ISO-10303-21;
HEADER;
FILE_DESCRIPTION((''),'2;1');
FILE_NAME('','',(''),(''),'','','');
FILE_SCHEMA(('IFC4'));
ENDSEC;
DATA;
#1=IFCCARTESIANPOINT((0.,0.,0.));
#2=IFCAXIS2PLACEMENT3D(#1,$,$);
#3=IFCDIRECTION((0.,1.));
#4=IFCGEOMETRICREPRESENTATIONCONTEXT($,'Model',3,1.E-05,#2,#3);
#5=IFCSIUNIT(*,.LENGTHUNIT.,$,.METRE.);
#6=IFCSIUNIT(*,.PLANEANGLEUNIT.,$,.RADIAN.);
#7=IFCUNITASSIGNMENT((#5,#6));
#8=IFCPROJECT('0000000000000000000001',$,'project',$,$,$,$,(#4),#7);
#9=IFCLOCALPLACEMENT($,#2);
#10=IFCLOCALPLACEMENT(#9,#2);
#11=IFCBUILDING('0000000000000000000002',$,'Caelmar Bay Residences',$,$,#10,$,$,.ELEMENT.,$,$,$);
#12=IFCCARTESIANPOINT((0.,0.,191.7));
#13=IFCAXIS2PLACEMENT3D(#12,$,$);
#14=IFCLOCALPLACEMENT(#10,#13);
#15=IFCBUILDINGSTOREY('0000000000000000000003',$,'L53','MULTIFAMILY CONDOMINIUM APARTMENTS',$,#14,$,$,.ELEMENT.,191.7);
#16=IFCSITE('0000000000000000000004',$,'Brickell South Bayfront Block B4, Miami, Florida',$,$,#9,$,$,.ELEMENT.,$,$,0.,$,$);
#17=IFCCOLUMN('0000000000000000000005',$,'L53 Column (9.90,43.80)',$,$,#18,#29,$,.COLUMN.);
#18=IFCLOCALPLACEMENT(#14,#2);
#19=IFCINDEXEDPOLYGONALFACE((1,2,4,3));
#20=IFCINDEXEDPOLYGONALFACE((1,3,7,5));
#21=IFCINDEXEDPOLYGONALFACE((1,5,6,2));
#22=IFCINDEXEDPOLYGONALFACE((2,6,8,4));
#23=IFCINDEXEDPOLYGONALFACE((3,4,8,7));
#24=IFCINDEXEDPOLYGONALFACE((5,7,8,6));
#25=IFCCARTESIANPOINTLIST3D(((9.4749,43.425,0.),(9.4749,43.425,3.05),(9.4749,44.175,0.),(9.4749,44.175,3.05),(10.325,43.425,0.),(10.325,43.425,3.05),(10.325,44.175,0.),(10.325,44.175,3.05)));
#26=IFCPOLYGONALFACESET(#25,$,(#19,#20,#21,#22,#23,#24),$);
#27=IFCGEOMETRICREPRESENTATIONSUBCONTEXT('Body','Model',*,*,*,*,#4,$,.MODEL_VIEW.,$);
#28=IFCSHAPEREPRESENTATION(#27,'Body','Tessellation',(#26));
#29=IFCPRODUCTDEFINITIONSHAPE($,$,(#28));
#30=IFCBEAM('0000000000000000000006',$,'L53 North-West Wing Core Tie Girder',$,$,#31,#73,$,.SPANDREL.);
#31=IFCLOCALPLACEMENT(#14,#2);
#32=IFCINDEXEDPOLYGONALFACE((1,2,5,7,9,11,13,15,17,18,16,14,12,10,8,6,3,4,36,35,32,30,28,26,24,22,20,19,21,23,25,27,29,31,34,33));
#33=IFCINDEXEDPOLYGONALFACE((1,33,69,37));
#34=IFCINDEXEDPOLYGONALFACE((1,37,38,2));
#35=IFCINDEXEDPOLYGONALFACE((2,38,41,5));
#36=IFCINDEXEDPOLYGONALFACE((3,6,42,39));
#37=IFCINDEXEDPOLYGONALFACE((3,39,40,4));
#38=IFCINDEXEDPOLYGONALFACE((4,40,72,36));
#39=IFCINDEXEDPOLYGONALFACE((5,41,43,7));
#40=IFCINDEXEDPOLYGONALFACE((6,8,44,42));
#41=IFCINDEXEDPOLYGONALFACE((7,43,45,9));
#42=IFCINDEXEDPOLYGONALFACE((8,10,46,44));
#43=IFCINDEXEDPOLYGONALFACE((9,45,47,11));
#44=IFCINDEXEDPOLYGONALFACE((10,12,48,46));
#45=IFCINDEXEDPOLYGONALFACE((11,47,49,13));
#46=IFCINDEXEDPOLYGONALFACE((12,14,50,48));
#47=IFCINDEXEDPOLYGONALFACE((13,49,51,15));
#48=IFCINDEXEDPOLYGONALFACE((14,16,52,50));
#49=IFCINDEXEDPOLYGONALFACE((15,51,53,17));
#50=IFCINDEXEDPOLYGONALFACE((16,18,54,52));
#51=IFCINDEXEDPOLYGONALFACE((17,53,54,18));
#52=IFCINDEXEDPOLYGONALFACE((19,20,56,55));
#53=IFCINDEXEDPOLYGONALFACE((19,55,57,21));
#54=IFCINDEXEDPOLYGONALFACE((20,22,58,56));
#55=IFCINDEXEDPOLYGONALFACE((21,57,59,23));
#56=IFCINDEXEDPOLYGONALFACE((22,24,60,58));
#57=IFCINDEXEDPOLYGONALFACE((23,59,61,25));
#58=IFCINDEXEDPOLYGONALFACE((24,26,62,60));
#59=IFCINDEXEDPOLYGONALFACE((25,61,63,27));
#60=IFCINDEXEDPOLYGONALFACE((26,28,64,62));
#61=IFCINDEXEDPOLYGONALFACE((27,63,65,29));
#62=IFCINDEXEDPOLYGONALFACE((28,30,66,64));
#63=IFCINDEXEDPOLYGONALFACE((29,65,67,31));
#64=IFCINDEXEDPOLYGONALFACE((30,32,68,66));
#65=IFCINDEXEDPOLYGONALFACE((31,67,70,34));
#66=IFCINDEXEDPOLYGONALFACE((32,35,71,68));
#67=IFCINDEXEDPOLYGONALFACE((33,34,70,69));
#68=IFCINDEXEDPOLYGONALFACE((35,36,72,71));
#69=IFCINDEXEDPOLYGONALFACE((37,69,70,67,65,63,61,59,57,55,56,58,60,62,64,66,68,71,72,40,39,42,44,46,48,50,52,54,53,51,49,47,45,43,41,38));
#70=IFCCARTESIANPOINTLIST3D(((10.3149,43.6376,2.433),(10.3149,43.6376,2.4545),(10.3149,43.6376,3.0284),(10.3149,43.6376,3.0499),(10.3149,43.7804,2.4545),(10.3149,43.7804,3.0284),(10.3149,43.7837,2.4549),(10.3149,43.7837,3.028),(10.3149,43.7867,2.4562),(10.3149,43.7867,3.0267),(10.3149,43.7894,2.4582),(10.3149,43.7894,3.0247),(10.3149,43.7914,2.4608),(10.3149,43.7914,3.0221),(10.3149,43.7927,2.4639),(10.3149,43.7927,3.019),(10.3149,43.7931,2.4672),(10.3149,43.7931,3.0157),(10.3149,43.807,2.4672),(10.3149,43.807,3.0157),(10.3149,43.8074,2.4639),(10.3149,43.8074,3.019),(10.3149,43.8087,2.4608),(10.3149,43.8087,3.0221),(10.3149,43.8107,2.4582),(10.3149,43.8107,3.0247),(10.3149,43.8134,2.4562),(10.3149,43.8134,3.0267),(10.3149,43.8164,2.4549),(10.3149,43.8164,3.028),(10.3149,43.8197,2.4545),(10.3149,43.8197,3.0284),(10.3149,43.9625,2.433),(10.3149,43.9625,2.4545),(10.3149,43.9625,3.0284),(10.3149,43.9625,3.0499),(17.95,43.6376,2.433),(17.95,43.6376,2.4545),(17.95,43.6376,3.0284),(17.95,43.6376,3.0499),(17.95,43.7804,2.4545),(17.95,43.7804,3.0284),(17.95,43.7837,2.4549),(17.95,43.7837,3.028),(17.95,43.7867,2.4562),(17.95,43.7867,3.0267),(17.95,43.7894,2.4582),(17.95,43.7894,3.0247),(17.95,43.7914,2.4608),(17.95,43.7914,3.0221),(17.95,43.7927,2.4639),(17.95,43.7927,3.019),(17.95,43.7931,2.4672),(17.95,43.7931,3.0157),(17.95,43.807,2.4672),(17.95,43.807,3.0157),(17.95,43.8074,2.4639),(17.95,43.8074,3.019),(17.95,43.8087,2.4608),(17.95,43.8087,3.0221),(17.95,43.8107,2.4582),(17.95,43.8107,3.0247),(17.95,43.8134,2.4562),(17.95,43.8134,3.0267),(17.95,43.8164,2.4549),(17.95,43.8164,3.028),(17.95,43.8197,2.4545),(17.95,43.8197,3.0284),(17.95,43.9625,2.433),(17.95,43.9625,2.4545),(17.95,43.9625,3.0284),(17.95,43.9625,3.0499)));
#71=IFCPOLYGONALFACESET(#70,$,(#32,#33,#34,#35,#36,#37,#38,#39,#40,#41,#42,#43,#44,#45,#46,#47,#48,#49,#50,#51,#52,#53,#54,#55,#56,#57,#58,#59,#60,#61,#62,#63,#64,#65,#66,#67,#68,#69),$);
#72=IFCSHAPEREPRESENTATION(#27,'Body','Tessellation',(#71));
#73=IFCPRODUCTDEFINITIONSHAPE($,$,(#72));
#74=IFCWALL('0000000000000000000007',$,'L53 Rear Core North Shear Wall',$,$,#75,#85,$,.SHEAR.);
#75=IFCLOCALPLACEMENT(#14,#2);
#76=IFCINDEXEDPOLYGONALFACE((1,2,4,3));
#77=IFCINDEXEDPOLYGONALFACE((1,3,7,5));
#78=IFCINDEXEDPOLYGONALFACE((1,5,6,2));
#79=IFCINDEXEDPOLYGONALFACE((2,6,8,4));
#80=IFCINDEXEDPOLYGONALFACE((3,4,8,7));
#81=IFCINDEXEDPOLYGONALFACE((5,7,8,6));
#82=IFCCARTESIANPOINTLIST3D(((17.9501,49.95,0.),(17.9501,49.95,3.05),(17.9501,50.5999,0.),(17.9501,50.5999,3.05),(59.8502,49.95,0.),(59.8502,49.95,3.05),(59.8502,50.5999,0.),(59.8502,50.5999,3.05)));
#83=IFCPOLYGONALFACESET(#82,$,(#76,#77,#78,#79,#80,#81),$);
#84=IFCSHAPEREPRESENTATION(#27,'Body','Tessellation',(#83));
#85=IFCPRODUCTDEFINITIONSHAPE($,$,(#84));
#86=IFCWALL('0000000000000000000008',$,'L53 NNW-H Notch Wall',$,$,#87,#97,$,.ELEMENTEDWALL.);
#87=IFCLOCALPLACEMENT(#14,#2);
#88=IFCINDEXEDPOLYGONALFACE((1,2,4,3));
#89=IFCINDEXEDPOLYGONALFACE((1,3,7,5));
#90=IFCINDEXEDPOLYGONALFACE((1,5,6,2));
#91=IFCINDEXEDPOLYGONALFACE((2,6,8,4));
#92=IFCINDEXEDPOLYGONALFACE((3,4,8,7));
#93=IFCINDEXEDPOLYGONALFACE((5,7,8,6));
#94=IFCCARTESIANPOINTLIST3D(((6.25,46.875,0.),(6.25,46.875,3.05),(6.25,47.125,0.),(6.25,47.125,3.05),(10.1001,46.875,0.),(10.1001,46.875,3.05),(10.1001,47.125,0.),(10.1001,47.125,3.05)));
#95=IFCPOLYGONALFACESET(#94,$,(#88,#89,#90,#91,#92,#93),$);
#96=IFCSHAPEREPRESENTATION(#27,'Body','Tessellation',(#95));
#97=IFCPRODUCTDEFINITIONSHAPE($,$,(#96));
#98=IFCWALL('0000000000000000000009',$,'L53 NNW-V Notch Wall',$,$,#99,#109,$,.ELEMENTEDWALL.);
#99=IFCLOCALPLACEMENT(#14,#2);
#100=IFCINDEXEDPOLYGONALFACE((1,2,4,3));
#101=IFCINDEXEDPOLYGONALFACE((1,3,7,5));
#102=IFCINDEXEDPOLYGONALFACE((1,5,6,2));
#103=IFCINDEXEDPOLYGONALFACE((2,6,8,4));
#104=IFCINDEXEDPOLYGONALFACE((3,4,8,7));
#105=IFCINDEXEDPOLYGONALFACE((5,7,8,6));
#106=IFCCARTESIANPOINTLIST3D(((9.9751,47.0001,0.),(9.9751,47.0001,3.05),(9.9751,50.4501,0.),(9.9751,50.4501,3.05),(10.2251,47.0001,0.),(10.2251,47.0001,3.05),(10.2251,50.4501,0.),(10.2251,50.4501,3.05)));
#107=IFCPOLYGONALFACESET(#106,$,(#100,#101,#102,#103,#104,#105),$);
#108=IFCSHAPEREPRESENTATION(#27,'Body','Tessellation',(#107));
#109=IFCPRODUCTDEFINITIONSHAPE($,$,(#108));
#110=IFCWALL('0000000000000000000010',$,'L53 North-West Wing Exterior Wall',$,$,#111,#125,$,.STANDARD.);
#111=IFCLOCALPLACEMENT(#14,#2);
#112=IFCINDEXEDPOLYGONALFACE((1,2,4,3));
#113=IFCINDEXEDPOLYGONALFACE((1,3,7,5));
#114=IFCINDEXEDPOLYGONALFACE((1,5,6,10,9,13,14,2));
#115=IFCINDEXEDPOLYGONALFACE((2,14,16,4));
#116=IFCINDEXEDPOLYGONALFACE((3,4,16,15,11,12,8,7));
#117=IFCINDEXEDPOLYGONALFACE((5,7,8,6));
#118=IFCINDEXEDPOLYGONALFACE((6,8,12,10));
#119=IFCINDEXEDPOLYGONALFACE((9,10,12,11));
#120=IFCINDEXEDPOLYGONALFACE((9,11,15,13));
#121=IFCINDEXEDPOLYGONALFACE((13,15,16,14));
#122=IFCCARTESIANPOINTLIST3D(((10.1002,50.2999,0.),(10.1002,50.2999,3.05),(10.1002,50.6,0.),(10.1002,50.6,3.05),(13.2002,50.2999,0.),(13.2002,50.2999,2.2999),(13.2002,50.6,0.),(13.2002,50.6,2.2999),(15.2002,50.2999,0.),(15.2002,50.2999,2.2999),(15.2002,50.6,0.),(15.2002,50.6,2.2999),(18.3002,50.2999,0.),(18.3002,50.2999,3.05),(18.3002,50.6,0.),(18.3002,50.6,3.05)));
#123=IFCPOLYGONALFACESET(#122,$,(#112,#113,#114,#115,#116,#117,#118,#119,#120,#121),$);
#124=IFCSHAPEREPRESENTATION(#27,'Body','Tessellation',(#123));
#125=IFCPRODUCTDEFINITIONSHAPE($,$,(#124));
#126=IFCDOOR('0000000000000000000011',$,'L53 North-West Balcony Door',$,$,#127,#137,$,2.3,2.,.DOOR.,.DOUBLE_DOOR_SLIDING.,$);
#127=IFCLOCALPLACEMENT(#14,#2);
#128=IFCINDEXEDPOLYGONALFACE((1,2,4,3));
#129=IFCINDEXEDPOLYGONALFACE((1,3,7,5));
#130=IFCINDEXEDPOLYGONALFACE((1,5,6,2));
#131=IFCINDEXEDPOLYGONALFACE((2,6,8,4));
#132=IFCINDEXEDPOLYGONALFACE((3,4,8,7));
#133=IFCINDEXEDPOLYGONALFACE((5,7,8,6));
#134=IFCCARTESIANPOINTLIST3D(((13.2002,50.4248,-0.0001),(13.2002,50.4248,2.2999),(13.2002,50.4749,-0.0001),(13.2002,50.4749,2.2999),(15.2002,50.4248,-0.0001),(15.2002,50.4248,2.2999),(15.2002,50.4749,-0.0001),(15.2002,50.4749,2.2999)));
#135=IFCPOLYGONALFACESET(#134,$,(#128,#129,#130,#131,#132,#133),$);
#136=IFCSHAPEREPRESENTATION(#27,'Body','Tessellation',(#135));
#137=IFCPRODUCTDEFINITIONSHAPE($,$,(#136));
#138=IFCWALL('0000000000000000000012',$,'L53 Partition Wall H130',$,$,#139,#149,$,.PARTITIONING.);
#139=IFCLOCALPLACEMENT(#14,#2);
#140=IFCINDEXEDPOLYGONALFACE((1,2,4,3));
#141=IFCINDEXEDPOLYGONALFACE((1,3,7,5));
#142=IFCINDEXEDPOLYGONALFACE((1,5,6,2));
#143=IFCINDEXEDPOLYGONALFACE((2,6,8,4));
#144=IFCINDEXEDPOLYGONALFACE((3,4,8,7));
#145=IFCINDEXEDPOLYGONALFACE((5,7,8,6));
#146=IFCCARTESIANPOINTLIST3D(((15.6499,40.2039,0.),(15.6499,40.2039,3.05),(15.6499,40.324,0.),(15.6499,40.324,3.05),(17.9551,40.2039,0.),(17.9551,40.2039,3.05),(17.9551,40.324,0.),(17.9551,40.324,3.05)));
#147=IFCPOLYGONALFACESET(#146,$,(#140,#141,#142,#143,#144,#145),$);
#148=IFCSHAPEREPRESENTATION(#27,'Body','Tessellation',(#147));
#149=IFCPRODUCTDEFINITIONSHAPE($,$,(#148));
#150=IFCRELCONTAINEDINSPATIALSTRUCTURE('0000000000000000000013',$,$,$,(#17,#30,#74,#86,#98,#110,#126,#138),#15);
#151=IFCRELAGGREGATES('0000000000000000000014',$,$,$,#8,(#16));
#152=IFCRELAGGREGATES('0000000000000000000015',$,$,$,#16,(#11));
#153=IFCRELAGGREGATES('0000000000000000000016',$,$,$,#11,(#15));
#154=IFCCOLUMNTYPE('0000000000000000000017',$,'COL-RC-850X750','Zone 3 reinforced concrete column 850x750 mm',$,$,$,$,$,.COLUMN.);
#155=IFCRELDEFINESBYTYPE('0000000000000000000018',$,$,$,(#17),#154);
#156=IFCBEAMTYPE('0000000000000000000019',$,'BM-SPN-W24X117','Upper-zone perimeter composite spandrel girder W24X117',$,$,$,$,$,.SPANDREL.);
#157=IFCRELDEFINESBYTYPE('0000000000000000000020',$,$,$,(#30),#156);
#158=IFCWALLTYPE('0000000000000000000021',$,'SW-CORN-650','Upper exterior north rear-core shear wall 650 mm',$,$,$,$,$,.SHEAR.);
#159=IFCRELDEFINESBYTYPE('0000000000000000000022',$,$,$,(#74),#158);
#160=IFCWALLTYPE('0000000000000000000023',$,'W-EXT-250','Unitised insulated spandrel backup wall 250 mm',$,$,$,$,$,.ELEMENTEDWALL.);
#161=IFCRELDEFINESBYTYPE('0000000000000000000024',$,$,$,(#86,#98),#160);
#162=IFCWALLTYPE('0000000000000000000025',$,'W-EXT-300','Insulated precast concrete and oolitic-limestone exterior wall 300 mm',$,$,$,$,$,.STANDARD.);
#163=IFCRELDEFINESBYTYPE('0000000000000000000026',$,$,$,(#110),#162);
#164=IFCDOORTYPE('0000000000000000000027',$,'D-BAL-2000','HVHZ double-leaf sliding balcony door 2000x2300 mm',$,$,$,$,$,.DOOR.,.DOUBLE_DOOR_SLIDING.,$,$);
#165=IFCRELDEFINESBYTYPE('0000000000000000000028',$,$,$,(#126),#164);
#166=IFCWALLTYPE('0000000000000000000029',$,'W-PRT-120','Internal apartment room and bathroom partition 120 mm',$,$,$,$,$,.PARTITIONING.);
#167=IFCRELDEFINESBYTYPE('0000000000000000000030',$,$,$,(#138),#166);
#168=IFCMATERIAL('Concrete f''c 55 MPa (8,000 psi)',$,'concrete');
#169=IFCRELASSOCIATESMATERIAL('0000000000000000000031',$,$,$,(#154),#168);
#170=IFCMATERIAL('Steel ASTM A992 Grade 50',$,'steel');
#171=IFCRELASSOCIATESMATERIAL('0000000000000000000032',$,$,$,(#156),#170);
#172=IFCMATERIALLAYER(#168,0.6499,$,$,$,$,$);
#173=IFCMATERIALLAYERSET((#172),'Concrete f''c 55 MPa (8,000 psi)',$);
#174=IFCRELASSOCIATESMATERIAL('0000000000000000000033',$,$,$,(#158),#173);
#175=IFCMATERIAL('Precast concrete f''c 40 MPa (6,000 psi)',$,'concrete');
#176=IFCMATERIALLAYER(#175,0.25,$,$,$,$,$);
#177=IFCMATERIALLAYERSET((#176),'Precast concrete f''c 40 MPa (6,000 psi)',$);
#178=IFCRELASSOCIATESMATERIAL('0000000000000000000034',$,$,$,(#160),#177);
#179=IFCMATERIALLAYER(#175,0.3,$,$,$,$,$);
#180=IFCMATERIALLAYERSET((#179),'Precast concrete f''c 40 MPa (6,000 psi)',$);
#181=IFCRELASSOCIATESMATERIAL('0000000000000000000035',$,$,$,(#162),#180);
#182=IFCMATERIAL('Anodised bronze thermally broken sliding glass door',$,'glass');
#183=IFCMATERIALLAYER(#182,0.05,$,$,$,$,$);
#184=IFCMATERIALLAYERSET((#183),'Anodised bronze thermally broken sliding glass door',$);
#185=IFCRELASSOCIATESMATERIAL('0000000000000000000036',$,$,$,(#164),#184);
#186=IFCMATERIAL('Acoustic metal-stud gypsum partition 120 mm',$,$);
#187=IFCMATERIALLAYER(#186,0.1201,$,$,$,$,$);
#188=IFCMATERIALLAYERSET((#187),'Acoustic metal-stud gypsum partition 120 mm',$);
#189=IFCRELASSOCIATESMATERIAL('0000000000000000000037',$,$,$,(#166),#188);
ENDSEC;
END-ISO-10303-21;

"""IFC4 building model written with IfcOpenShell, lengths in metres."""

from ifc_helpers import new_model, si_unit, direction, frame, frame_2d, origin, origin_2d, place, context, subcontext, project, spatial, rectangle, i_section, extrude, material, layer, layer_set, material_profile, profile_set, type_object, element, fill, save


model = new_model("IFC4")

# Units and contexts
model_context = context("Model", 3, precision=1e-05, world=origin(), true_north=direction((0.0, 1.0)))
body_context = subcontext(model_context, "Body", "Model", "MODEL_VIEW")
ifc_project = project(units=[si_unit("LENGTHUNIT", "METRE"), si_unit("PLANEANGLEUNIT", "RADIAN")], contexts=[model_context])

# Site, building, storey
site_placement = place(None, origin())
site = spatial("IfcSite", under=ifc_project, at=site_placement, Name="Brickell South Bayfront Block B4, Miami, Florida", CompositionType="ELEMENT", RefElevation=0.0)
building_placement = place(site_placement, origin())
building = spatial("IfcBuilding", under=site, at=building_placement, Name="Caelmar Bay Residences", CompositionType="ELEMENT")
storey_placement = place(building_placement, frame((0.0, 0.0, 191.7)))
storey = spatial("IfcBuildingStorey", under=building, at=storey_placement, Name="L53", Description="MULTIFAMILY CONDOMINIUM APARTMENTS", CompositionType="ELEMENT", Elevation=191.7)

# Column
ifc_material_1 = material(Name="Concrete f'c 55 MPa (8,000 psi)", Category="concrete")
ifc_material_profile_1 = material_profile(ifc_material_1, rectangle(XDim=0.8501, YDim=0.75, at=origin_2d()), Name="RC-COL-850X750")
ifc_profile_set_1 = profile_set([ifc_material_profile_1], Name="Concrete f'c 55 MPa (8,000 psi)")
column_type = type_object("IfcColumnType", Name="COL-RC-850X750", Description="Zone 3 reinforced concrete column 850x750 mm", PredefinedType="COLUMN", material=ifc_profile_set_1)
column_placement = place(storey_placement, frame((9.8999, 43.8, 0.0), z_axis=(0.0, 0.0, 1.0), x_axis=(1.0, 0.0, 0.0)))
element("IfcColumn", 1, at=column_placement, inside=storey, type_object=column_type, Name="L53 Column (9.90,43.80)", PredefinedType="COLUMN", context=body_context, shape_type="SweptSolid", body=[
    extrude(rectangle(XDim=0.8501, YDim=0.75, at=origin_2d()), origin(), (0.0, 0.0, 1.0), 3.05),
])

# Beam
ifc_material_2 = material(Name="Steel ASTM A992 Grade 50", Category="steel")
ifc_material_profile_2 = material_profile(ifc_material_2, i_section(OverallWidth=0.325, OverallDepth=0.6169, WebThickness=0.0139, FlangeThickness=0.0215, FilletRadius=0.0127, at=origin_2d()), Name="W24X117")
ifc_profile_set_2 = profile_set([ifc_material_profile_2], Name="Steel ASTM A992 Grade 50")
beam_type = type_object("IfcBeamType", Name="BM-SPN-W24X117", Description="Upper-zone perimeter composite spandrel girder W24X117", PredefinedType="SPANDREL", material=ifc_profile_set_2)
beam_placement = place(storey_placement, frame((10.3149, 43.8, 2.7415), z_axis=(1.0, 0.0, 0.0), x_axis=(0.0, 1.0, 0.0)))
element("IfcBeam", 2, at=beam_placement, inside=storey, type_object=beam_type, Name="L53 North-West Wing Core Tie Girder", PredefinedType="SPANDREL", context=body_context, shape_type="SweptSolid", body=[
    extrude(i_section(OverallWidth=0.325, OverallDepth=0.6169, WebThickness=0.0139, FlangeThickness=0.0215, FilletRadius=0.0127, at=origin_2d()), origin(), (0.0, 0.0, 1.0), 7.635),
])

# Walls
ifc_layer_1 = layer(ifc_material_1, 0.6499)
ifc_layer_set_1 = layer_set([ifc_layer_1], Name="Concrete f'c 55 MPa (8,000 psi)")
wall_type_1 = type_object("IfcWallType", Name="SW-CORN-650", Description="Upper exterior north rear-core shear wall 650 mm", PredefinedType="SHEAR", material=ifc_layer_set_1)
wall_1_placement = place(storey_placement, frame((17.95, 50.2749, 0.0), z_axis=(0.0, 0.0, 1.0), x_axis=(1.0, 0.0, 0.0)))
element("IfcWall", 3, at=wall_1_placement, inside=storey, type_object=wall_type_1, Name="L53 Rear Core North Shear Wall", PredefinedType="SHEAR", context=body_context, shape_type="SweptSolid", body=[
    extrude(rectangle(XDim=41.9001, YDim=0.6499, at=frame_2d((20.9502, 0.0))), origin(), (0.0, 0.0, 1.0), 3.05),
])
ifc_material_3 = material(Name="Precast concrete f'c 40 MPa (6,000 psi)", Category="concrete")
ifc_layer_2 = layer(ifc_material_3, 0.25)
ifc_layer_set_2 = layer_set([ifc_layer_2], Name="Precast concrete f'c 40 MPa (6,000 psi)")
wall_type_2 = type_object("IfcWallType", Name="W-EXT-250", Description="Unitised insulated spandrel backup wall 250 mm", PredefinedType="ELEMENTEDWALL", material=ifc_layer_set_2)
wall_2_placement = place(storey_placement, frame((6.25, 47.0, 0.0), z_axis=(0.0, 0.0, 1.0), x_axis=(1.0, 0.0, 0.0)))
element("IfcWall", 4, at=wall_2_placement, inside=storey, type_object=wall_type_2, Name="L53 NNW-H Notch Wall", PredefinedType="ELEMENTEDWALL", context=body_context, shape_type="SweptSolid", body=[
    extrude(rectangle(XDim=3.8501, YDim=0.25, at=frame_2d((1.925, 0.0))), origin(), (0.0, 0.0, 1.0), 3.05),
])
wall_3_placement = place(storey_placement, frame((10.1001, 47.0, 0.0), z_axis=(0.0, 0.0, 1.0), x_axis=(0.0, 1.0, 0.0)))
element("IfcWall", 5, at=wall_3_placement, inside=storey, type_object=wall_type_2, Name="L53 NNW-V Notch Wall", PredefinedType="ELEMENTEDWALL", context=body_context, shape_type="SweptSolid", body=[
    extrude(rectangle(XDim=3.45, YDim=0.25, at=frame_2d((1.7251, 0.0))), origin(), (0.0, 0.0, 1.0), 3.05),
])

# Wall, opening, door
ifc_layer_3 = layer(ifc_material_3, 0.3)
ifc_layer_set_3 = layer_set([ifc_layer_3], Name="Precast concrete f'c 40 MPa (6,000 psi)")
wall_type_3 = type_object("IfcWallType", Name="W-EXT-300", Description="Insulated precast concrete and oolitic-limestone exterior wall 300 mm", PredefinedType="STANDARD", material=ifc_layer_set_3)
wall_4_placement = place(storey_placement, frame((10.1001, 50.45, 0.0), z_axis=(0.0, 0.0, 1.0), x_axis=(1.0, 0.0, 0.0)))
wall_4 = element("IfcWall", 6, at=wall_4_placement, inside=storey, type_object=wall_type_3, Name="L53 North-West Wing Exterior Wall", PredefinedType="STANDARD", context=body_context, shape_type="SweptSolid", body=[
    extrude(rectangle(XDim=8.2, YDim=0.3, at=frame_2d((4.1001, 0.0))), origin(), (0.0, 0.0, 1.0), 3.05),
])
opening_1_placement = place(wall_4_placement, frame((3.1001, 0.0, 0.0)))
opening_1 = element("IfcOpeningElement", 7, at=opening_1_placement, cuts=wall_4, PredefinedType="OPENING", context=body_context, shape_type="SweptSolid", body=[
    extrude(rectangle(XDim=2.0, YDim=2.3, at=frame_2d((1.0, 1.1499))), frame((0.0, 0.1599, 0.0), z_axis=(0.0, -1.0, 0.0), x_axis=(1.0, 0.0, 0.0)), (0.0, 0.0, 1.0), 0.3201),
])
ifc_material_4 = material(Name="Anodised bronze thermally broken sliding glass door", Category="glass")
ifc_layer_4 = layer(ifc_material_4, 0.05)
ifc_layer_set_4 = layer_set([ifc_layer_4], Name="Anodised bronze thermally broken sliding glass door")
door_type_1 = type_object("IfcDoorType", Name="D-BAL-2000", Description="HVHZ double-leaf sliding balcony door 2000x2300 mm", OperationType="DOUBLE_DOOR_SLIDING", PredefinedType="DOOR", material=ifc_layer_set_4)
door_1_placement = place(opening_1_placement, origin())
door_1 = element("IfcDoor", 8, at=door_1_placement, inside=storey, type_object=door_type_1, Name="L53 North-West Balcony Door", OperationType="DOUBLE_DOOR_SLIDING", OverallHeight=2.3, OverallWidth=2.0, PredefinedType="DOOR", context=body_context, shape_type="SweptSolid", body=[
    extrude(rectangle(XDim=2.0, YDim=2.3, at=frame_2d((1.0, 1.1499))), frame((0.0, 0.0249, 0.0), z_axis=(0.0, -1.0, 0.0), x_axis=(1.0, 0.0, 0.0)), (0.0, 0.0, 1.0), 0.05),
])
fill(opening_1, door_1)
ifc_material_5 = material(Name="Acoustic metal-stud gypsum partition 120 mm")
ifc_layer_5 = layer(ifc_material_5, 0.1201)
ifc_layer_set_5 = layer_set([ifc_layer_5], Name="Acoustic metal-stud gypsum partition 120 mm")
wall_type_4 = type_object("IfcWallType", Name="W-PRT-120", Description="Internal apartment room and bathroom partition 120 mm", PredefinedType="PARTITIONING", material=ifc_layer_set_5)

# Wall
wall_5_placement = place(storey_placement, frame((15.6499, 40.2639, 0.0), z_axis=(0.0, 0.0, 1.0), x_axis=(1.0, 0.0, 0.0)))
element("IfcWall", 9, at=wall_5_placement, inside=storey, type_object=wall_type_4, Name="L53 Partition Wall H130", PredefinedType="PARTITIONING", context=body_context, shape_type="SweptSolid", body=[
    extrude(rectangle(XDim=2.3052, YDim=0.1201, at=frame_2d((1.1526, 0.0))), origin(), (0.0, 0.0, 1.0), 3.05),
])

save(model, "model.ifc")
